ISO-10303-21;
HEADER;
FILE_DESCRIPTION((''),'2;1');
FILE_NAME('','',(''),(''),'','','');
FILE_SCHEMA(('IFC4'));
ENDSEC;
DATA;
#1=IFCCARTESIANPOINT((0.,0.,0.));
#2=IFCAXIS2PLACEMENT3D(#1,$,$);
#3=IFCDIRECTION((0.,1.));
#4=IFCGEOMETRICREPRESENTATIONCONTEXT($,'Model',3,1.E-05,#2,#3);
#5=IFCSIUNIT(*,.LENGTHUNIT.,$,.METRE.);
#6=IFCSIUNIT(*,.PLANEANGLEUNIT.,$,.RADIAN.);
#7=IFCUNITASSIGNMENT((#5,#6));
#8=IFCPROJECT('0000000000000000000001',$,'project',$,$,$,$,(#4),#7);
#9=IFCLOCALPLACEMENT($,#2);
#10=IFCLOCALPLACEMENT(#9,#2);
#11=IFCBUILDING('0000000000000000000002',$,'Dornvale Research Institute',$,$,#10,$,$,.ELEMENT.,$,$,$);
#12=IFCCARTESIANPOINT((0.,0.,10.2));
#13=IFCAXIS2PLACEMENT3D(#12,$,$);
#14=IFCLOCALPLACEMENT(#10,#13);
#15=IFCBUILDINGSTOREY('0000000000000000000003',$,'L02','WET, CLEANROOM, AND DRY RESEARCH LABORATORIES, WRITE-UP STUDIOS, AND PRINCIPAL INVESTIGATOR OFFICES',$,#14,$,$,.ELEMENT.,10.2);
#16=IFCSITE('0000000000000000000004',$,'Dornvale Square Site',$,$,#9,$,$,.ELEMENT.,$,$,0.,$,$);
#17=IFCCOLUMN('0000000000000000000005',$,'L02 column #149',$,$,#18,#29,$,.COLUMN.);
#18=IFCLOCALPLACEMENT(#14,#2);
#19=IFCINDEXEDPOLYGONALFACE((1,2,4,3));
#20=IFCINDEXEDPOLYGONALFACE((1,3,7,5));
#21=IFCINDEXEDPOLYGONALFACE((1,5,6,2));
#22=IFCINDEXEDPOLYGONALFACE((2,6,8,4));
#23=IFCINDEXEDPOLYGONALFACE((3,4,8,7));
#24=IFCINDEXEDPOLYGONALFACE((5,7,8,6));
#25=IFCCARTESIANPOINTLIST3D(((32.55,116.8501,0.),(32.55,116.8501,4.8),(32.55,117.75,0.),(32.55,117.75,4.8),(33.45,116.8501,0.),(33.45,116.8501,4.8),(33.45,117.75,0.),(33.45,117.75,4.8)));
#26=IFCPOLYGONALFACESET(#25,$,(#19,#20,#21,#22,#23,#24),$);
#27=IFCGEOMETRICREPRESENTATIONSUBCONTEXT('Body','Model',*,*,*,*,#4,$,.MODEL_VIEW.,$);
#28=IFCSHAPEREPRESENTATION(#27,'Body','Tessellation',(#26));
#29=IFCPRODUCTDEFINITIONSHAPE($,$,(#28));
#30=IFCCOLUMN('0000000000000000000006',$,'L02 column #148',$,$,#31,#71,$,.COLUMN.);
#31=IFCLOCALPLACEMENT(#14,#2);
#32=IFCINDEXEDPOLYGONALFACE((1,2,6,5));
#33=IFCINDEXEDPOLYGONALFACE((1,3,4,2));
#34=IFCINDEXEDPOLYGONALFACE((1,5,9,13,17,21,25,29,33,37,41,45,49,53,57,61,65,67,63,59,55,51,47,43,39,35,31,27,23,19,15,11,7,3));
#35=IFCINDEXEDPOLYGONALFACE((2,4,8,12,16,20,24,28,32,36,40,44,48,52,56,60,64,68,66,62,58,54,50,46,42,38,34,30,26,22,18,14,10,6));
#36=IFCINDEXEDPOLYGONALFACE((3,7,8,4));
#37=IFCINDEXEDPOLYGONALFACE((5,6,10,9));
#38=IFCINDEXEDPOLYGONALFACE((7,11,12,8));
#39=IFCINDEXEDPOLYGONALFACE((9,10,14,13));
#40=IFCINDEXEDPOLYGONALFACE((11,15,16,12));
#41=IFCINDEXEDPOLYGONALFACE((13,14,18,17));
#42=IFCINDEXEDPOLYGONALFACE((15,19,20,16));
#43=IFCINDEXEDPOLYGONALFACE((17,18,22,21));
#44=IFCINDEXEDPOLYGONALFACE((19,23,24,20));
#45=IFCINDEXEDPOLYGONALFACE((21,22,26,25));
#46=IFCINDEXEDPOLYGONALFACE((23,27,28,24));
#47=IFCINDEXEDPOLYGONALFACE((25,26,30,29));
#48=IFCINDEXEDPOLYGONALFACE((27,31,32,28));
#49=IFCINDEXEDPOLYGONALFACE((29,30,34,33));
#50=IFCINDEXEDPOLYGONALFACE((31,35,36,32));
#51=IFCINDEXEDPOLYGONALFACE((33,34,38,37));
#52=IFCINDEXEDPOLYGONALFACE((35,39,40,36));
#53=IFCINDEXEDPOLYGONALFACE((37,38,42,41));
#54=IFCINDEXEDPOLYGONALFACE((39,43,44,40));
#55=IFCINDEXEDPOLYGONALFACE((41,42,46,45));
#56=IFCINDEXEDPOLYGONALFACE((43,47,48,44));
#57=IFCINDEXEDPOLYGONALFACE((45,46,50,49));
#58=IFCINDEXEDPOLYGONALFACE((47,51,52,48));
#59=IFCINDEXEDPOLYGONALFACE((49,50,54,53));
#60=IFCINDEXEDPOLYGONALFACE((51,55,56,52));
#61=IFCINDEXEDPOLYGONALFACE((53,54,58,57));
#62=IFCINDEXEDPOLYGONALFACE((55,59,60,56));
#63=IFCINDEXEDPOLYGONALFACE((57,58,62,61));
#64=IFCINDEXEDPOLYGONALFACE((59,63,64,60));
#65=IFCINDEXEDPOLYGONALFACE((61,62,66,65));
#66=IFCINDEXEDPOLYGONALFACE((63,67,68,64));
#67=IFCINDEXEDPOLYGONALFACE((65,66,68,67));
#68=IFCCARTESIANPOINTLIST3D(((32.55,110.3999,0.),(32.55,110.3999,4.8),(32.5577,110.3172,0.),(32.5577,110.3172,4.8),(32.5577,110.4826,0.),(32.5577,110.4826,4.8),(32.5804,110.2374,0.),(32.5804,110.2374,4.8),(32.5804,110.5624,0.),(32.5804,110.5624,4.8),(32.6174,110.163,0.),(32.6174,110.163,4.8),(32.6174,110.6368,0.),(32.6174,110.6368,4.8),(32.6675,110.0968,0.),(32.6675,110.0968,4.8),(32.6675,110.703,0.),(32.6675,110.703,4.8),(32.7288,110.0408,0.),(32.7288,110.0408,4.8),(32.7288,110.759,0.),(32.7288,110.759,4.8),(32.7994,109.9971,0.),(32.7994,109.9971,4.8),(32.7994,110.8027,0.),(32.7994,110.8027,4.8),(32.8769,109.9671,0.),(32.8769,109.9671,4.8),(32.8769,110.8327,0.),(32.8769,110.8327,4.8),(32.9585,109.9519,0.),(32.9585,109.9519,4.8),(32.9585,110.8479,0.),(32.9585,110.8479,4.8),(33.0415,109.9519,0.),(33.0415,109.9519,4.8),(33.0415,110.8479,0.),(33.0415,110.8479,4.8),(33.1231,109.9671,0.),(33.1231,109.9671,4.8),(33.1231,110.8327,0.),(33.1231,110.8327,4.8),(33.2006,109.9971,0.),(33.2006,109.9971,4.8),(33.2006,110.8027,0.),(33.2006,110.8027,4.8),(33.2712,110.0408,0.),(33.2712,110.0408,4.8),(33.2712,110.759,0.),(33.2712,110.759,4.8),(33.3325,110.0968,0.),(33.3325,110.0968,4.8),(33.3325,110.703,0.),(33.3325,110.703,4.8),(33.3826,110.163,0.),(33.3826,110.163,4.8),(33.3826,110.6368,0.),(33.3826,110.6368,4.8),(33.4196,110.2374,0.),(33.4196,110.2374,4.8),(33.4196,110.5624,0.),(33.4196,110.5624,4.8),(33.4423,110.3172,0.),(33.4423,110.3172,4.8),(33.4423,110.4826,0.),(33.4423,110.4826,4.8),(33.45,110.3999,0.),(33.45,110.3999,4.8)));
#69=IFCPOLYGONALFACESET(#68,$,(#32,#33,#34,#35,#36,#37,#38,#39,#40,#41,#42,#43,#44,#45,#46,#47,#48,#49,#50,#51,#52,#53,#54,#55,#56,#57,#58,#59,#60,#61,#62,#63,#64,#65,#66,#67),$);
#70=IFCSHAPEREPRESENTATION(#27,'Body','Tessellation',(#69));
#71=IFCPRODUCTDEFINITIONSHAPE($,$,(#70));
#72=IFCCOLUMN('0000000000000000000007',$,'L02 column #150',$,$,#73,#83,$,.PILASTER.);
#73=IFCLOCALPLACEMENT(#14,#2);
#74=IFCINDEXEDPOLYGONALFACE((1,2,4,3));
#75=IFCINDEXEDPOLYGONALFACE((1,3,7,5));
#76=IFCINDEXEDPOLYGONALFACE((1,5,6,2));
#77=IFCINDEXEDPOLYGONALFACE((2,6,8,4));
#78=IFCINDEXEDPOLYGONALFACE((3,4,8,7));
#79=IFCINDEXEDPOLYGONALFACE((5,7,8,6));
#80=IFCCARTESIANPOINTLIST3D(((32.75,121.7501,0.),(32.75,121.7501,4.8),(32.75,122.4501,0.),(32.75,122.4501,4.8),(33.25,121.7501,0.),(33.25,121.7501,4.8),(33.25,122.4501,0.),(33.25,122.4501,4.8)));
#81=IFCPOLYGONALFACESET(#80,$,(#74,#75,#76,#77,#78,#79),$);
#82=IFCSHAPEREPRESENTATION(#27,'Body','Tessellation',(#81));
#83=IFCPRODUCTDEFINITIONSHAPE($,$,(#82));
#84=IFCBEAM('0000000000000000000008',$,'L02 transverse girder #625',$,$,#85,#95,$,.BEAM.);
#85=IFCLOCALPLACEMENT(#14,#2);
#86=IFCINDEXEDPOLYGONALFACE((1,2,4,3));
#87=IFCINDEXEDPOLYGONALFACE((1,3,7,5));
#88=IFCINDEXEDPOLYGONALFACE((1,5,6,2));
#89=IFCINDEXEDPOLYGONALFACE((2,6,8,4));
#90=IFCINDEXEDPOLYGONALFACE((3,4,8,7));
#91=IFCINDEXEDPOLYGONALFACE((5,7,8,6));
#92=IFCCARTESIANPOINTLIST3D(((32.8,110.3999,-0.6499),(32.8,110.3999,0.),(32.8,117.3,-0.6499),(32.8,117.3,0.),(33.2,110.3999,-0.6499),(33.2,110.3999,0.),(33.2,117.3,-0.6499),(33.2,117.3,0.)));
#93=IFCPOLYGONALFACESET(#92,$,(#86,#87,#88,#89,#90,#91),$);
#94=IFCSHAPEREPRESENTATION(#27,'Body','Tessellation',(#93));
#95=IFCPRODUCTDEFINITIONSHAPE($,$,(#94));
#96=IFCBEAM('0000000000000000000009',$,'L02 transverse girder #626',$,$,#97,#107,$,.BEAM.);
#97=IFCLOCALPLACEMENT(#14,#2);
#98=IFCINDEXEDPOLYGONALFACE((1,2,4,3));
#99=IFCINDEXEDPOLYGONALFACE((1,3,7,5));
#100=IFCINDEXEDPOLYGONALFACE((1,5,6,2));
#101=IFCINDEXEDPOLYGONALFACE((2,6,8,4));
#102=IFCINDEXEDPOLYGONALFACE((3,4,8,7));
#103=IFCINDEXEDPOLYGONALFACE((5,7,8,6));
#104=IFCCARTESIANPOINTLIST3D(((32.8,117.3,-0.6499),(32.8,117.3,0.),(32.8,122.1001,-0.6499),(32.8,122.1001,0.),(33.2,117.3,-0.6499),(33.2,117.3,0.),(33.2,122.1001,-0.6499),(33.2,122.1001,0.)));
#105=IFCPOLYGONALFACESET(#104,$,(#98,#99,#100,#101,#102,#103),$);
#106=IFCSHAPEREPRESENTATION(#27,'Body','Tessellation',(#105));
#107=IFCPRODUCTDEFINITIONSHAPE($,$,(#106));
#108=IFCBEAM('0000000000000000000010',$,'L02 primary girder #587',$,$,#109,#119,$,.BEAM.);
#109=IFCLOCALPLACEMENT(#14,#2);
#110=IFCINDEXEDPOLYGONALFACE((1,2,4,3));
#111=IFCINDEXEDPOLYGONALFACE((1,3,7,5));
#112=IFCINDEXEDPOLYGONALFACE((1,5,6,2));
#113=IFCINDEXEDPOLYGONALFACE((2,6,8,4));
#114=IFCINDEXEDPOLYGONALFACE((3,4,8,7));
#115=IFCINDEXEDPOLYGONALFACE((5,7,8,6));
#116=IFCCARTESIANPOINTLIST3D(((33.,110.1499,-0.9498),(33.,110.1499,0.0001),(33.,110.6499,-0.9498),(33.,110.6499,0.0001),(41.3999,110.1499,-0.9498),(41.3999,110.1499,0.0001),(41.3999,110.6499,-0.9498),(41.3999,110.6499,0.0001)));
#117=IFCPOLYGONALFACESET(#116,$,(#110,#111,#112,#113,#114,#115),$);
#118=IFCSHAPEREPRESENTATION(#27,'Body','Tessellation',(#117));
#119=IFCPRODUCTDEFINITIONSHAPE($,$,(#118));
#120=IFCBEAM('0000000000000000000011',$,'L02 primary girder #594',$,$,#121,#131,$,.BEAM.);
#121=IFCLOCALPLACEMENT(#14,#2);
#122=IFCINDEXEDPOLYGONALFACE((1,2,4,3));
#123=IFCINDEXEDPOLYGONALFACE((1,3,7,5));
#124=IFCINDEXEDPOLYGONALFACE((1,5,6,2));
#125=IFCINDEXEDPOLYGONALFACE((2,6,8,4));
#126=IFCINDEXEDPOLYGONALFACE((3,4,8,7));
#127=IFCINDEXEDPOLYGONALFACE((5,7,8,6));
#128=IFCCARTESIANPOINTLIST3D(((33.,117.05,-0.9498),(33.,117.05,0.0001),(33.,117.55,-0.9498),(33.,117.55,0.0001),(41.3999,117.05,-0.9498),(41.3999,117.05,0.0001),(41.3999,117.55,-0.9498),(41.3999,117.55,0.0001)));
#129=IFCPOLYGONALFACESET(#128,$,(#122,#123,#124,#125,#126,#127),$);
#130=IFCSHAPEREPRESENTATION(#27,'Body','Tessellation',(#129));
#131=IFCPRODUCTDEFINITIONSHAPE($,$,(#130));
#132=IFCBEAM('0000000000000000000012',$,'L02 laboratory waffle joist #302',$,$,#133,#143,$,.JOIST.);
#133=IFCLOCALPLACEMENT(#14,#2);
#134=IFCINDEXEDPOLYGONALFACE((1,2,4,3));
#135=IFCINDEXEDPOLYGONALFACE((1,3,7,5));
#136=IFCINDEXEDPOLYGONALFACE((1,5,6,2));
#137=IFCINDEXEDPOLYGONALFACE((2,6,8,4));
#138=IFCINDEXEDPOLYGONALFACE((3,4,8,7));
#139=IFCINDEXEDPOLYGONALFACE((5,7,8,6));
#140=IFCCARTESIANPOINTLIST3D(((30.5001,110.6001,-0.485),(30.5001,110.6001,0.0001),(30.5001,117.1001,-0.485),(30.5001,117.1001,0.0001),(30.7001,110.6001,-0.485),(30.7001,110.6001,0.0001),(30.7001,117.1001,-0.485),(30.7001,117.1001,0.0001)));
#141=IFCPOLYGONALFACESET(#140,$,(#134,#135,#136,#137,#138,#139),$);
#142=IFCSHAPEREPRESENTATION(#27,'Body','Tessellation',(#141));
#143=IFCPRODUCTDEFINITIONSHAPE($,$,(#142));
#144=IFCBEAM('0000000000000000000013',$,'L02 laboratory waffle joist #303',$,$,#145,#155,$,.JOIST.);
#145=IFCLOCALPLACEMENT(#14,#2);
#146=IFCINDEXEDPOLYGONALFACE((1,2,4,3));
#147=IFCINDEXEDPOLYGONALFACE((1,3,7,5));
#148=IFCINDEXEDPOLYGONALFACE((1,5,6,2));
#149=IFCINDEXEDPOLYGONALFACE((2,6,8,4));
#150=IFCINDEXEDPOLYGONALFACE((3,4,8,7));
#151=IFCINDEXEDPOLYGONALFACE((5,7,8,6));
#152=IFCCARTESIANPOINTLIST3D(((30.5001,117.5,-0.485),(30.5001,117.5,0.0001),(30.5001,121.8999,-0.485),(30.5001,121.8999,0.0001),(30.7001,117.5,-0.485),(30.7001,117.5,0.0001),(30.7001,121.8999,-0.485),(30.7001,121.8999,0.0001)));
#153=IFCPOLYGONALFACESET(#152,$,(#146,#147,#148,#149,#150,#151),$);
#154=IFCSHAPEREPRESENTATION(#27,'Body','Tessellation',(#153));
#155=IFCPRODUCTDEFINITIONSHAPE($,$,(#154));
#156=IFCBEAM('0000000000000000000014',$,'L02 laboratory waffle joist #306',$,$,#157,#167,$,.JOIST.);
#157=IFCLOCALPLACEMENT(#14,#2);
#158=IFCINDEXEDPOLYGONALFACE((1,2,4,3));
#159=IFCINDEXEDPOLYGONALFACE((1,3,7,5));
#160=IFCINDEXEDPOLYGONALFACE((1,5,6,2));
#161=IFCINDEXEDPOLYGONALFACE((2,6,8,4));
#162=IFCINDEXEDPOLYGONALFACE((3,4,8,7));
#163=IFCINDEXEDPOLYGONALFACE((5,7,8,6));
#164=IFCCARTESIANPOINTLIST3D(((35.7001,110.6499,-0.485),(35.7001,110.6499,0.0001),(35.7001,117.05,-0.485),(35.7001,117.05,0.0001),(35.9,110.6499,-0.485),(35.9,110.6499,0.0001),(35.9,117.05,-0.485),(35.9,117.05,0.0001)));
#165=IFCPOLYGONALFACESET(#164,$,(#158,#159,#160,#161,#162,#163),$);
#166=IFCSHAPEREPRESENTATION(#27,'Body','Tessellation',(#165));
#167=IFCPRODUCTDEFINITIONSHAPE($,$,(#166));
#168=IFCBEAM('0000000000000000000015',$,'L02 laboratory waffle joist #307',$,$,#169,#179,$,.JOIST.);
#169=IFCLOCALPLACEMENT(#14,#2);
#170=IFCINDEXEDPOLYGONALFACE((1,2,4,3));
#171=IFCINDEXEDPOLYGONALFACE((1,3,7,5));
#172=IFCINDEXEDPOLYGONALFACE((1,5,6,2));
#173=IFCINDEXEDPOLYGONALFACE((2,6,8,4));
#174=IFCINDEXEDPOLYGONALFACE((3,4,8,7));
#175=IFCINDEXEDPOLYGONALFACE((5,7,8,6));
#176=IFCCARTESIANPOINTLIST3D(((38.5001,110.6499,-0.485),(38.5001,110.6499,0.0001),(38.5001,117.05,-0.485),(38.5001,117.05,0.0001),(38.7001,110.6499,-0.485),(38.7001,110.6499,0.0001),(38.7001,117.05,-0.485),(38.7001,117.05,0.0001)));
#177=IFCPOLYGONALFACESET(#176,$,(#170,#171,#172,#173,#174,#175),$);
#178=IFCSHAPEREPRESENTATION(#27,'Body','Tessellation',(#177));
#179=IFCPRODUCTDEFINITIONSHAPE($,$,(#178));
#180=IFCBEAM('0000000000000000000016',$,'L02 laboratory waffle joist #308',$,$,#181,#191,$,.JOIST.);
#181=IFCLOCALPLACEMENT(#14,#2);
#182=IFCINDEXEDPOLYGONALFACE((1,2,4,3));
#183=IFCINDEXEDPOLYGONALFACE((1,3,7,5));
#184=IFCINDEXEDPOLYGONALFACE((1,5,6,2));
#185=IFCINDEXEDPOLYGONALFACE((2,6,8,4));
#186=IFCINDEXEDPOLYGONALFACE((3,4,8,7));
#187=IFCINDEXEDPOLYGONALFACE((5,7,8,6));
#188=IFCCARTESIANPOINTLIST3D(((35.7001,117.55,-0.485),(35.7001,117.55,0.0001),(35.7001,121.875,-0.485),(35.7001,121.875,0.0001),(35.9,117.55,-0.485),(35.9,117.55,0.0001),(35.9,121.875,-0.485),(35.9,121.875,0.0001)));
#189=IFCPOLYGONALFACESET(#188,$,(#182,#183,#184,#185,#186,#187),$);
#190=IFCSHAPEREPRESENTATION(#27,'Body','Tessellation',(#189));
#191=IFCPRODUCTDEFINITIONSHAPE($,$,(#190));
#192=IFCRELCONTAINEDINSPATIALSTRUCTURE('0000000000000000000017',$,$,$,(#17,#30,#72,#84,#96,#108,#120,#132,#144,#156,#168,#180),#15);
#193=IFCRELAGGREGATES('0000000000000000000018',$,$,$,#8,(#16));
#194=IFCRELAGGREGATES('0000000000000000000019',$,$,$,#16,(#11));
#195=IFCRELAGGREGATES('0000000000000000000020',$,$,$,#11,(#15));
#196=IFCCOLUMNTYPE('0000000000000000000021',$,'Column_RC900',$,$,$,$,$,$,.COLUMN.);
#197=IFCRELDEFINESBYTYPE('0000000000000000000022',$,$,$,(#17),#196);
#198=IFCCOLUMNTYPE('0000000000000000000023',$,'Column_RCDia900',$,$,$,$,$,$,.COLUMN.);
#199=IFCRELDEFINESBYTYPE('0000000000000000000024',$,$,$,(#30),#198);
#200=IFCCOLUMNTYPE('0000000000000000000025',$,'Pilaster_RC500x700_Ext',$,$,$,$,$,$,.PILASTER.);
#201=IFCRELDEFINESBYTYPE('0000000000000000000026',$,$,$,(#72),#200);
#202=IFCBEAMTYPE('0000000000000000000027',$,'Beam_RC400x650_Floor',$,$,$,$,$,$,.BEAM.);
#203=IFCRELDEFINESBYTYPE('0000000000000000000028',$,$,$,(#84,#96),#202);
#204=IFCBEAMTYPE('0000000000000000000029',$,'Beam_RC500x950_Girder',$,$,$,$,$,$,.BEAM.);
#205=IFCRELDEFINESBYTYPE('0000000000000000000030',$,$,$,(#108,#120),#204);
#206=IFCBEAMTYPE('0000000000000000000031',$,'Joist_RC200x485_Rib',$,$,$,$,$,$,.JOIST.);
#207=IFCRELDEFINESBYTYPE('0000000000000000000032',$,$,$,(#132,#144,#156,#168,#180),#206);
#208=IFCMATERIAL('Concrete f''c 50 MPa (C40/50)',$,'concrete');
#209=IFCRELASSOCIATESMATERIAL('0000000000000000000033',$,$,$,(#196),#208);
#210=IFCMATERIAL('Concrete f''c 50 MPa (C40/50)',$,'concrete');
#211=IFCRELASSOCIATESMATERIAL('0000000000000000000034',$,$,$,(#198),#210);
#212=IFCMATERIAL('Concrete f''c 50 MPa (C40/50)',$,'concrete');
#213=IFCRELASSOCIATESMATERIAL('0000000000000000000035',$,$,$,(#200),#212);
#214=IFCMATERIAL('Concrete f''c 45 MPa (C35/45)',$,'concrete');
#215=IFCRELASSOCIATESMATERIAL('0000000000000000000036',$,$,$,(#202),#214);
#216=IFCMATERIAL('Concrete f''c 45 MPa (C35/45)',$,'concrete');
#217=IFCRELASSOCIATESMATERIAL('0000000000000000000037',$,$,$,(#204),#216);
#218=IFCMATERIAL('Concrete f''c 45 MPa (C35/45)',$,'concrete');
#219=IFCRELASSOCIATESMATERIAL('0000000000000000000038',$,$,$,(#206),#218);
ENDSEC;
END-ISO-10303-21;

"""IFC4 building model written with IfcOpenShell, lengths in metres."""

from ifc_helpers import new_model, si_unit, direction, frame, origin, origin_2d, place, context, subcontext, project, spatial, rectangle, circle, extrude, material, material_profile, profile_set, type_object, element, save


model = new_model("IFC4")

# Units and contexts
model_context = context("Model", 3, precision=1e-05, world=origin(), true_north=direction((0.0, 1.0)))
body_context = subcontext(model_context, "Body", "Model", "MODEL_VIEW")
ifc_project = project(units=[si_unit("LENGTHUNIT", "METRE"), si_unit("PLANEANGLEUNIT", "RADIAN")], contexts=[model_context])

# Site, building, storey
site_placement = place(None, origin())
site = spatial("IfcSite", under=ifc_project, at=site_placement, Name="Dornvale Square Site", CompositionType="ELEMENT", RefElevation=0.0)
building_placement = place(site_placement, origin())
building = spatial("IfcBuilding", under=site, at=building_placement, Name="Dornvale Research Institute", CompositionType="ELEMENT")
storey_placement = place(building_placement, frame((0.0, 0.0, 10.2)))
storey = spatial("IfcBuildingStorey", under=building, at=storey_placement, Name="L02", Description="WET, CLEANROOM, AND DRY RESEARCH LABORATORIES, WRITE-UP STUDIOS, AND PRINCIPAL INVESTIGATOR OFFICES", CompositionType="ELEMENT", Elevation=10.2)

# Columns
ifc_material_1 = material(Name="Concrete f'c 50 MPa (C40/50)", Category="concrete")
ifc_material_profile_1 = material_profile(ifc_material_1, rectangle(XDim=0.8999, YDim=0.8999, at=origin_2d()), Name="RC 900x900")
ifc_profile_set_1 = profile_set([ifc_material_profile_1], Name="Concrete f'c 50 MPa (C40/50)")
column_type_1 = type_object("IfcColumnType", Name="Column_RC900", PredefinedType="COLUMN", material=ifc_profile_set_1)
column_1_placement = place(storey_placement, frame((33.0, 117.3, 0.0), z_axis=(0.0, 0.0, 1.0), x_axis=(1.0, 0.0, 0.0)))
element("IfcColumn", 1, at=column_1_placement, inside=storey, type_object=column_type_1, Name="L02 column #149", PredefinedType="COLUMN", context=body_context, shape_type="SweptSolid", body=[
    extrude(rectangle(XDim=0.8999, YDim=0.8999, at=origin_2d()), origin(), (0.0, 0.0, 1.0), 4.8),
])
ifc_material_2 = material(Name="Concrete f'c 50 MPa (C40/50)", Category="concrete")
ifc_material_profile_2 = material_profile(ifc_material_2, circle(Radius=0.45, at=origin_2d()), Name="RC DIA 900")
ifc_profile_set_2 = profile_set([ifc_material_profile_2], Name="Concrete f'c 50 MPa (C40/50)")
column_type_2 = type_object("IfcColumnType", Name="Column_RCDia900", PredefinedType="COLUMN", material=ifc_profile_set_2)
column_2_placement = place(storey_placement, frame((33.0, 110.3999, 0.0), z_axis=(0.0, 0.0, 1.0), x_axis=(1.0, 0.0, 0.0)))
element("IfcColumn", 2, at=column_2_placement, inside=storey, type_object=column_type_2, Name="L02 column #148", PredefinedType="COLUMN", context=body_context, shape_type="SweptSolid", body=[
    extrude(circle(Radius=0.45, at=origin_2d()), origin(), (0.0, 0.0, 1.0), 4.8),
])
ifc_material_3 = material(Name="Concrete f'c 50 MPa (C40/50)", Category="concrete")
ifc_material_profile_3 = material_profile(ifc_material_3, rectangle(XDim=0.5, YDim=0.7, at=origin_2d()), Name="RC 500x700")
ifc_profile_set_3 = profile_set([ifc_material_profile_3], Name="Concrete f'c 50 MPa (C40/50)")
column_type_3 = type_object("IfcColumnType", Name="Pilaster_RC500x700_Ext", PredefinedType="PILASTER", material=ifc_profile_set_3)
column_3_placement = place(storey_placement, frame((33.0, 122.1001, 0.0), z_axis=(0.0, 0.0, 1.0), x_axis=(1.0, 0.0, 0.0)))
element("IfcColumn", 3, at=column_3_placement, inside=storey, type_object=column_type_3, Name="L02 column #150", PredefinedType="PILASTER", context=body_context, shape_type="SweptSolid", body=[
    extrude(rectangle(XDim=0.5, YDim=0.7, at=origin_2d()), origin(), (0.0, 0.0, 1.0), 4.8),
])

# Beams
ifc_material_4 = material(Name="Concrete f'c 45 MPa (C35/45)", Category="concrete")
ifc_material_profile_4 = material_profile(ifc_material_4, rectangle(XDim=0.3999, YDim=0.6499, at=origin_2d()), Name="RC 400x650")
ifc_profile_set_4 = profile_set([ifc_material_profile_4], Name="Concrete f'c 45 MPa (C35/45)")
beam_type_1 = type_object("IfcBeamType", Name="Beam_RC400x650_Floor", PredefinedType="BEAM", material=ifc_profile_set_4)
beam_1_placement = place(storey_placement, frame((33.0, 110.3999, -0.325), z_axis=(0.0, 1.0, 0.0), x_axis=(-1.0, 0.0, 0.0)))
element("IfcBeam", 4, at=beam_1_placement, inside=storey, type_object=beam_type_1, Name="L02 transverse girder #625", PredefinedType="BEAM", context=body_context, shape_type="SweptSolid", body=[
    extrude(rectangle(XDim=0.3999, YDim=0.6499, at=origin_2d()), origin(), (0.0, 0.0, 1.0), 6.9001),
])
beam_2_placement = place(storey_placement, frame((33.0, 117.3, -0.325), z_axis=(0.0, 1.0, 0.0), x_axis=(-1.0, 0.0, 0.0)))
element("IfcBeam", 5, at=beam_2_placement, inside=storey, type_object=beam_type_1, Name="L02 transverse girder #626", PredefinedType="BEAM", context=body_context, shape_type="SweptSolid", body=[
    extrude(rectangle(XDim=0.3999, YDim=0.6499, at=origin_2d()), origin(), (0.0, 0.0, 1.0), 4.8),
])
ifc_material_5 = material(Name="Concrete f'c 45 MPa (C35/45)", Category="concrete")
ifc_material_profile_5 = material_profile(ifc_material_5, rectangle(XDim=0.5, YDim=0.95, at=origin_2d()), Name="RC 500x950")
ifc_profile_set_5 = profile_set([ifc_material_profile_5], Name="Concrete f'c 45 MPa (C35/45)")
beam_type_2 = type_object("IfcBeamType", Name="Beam_RC500x950_Girder", PredefinedType="BEAM", material=ifc_profile_set_5)
for number, where, z_axis, x_axis, name in (
    (6, (33.0, 110.3999, -0.4749), (1.0, 0.0, 0.0), (0.0, 1.0, 0.0), "L02 primary girder #587"),
    (7, (33.0, 117.3, -0.4749), (1.0, 0.0, 0.0), (0.0, 1.0, 0.0), "L02 primary girder #594"),
):
    element("IfcBeam", number, at=place(storey_placement, frame(where, z_axis=z_axis, x_axis=x_axis)), inside=storey, type_object=beam_type_2, Name=name, PredefinedType="BEAM", context=body_context, shape_type="SweptSolid", body=[
        extrude(rectangle(XDim=0.5, YDim=0.95, at=origin_2d()), origin(), (0.0, 0.0, 1.0), 8.3999),
    ])
ifc_material_6 = material(Name="Concrete f'c 45 MPa (C35/45)", Category="concrete")
ifc_material_profile_6 = material_profile(ifc_material_6, rectangle(XDim=0.2, YDim=0.4851, at=origin_2d()), Name="RC 200x485")
ifc_profile_set_6 = profile_set([ifc_material_profile_6], Name="Concrete f'c 45 MPa (C35/45)")
beam_type_3 = type_object("IfcBeamType", Name="Joist_RC200x485_Rib", PredefinedType="JOIST", material=ifc_profile_set_6)
beam_3_placement = place(storey_placement, frame((30.6001, 110.6001, -0.2424), z_axis=(0.0, 1.0, 0.0), x_axis=(-1.0, 0.0, 0.0)))
element("IfcBeam", 8, at=beam_3_placement, inside=storey, type_object=beam_type_3, Name="L02 laboratory waffle joist #302", PredefinedType="JOIST", context=body_context, shape_type="SweptSolid", body=[
    extrude(rectangle(XDim=0.2, YDim=0.4851, at=origin_2d()), origin(), (0.0, 0.0, 1.0), 6.5),
])
beam_4_placement = place(storey_placement, frame((30.6001, 117.5, -0.2424), z_axis=(0.0, 1.0, 0.0), x_axis=(-1.0, 0.0, 0.0)))
element("IfcBeam", 9, at=beam_4_placement, inside=storey, type_object=beam_type_3, Name="L02 laboratory waffle joist #303", PredefinedType="JOIST", context=body_context, shape_type="SweptSolid", body=[
    extrude(rectangle(XDim=0.2, YDim=0.4851, at=origin_2d()), origin(), (0.0, 0.0, 1.0), 4.3999),
])
for number, where, z_axis, x_axis, name in (
    (10, (35.8, 110.6499, -0.2424), (0.0, 1.0, 0.0), (-1.0, 0.0, 0.0), "L02 laboratory waffle joist #306"),
    (11, (38.6001, 110.6499, -0.2424), (0.0, 1.0, 0.0), (-1.0, 0.0, 0.0), "L02 laboratory waffle joist #307"),
):
    element("IfcBeam", number, at=place(storey_placement, frame(where, z_axis=z_axis, x_axis=x_axis)), inside=storey, type_object=beam_type_3, Name=name, PredefinedType="JOIST", context=body_context, shape_type="SweptSolid", body=[
        extrude(rectangle(XDim=0.2, YDim=0.4851, at=origin_2d()), origin(), (0.0, 0.0, 1.0), 6.4001),
    ])
for number, where, z_axis, x_axis, name in (
    (12, (35.8, 117.55, -0.2424), (0.0, 1.0, 0.0), (-1.0, 0.0, 0.0), "L02 laboratory waffle joist #308"),
):
    element("IfcBeam", number, at=place(storey_placement, frame(where, z_axis=z_axis, x_axis=x_axis)), inside=storey, type_object=beam_type_3, Name=name, PredefinedType="JOIST", context=body_context, shape_type="SweptSolid", body=[
        extrude(rectangle(XDim=0.2, YDim=0.4851, at=origin_2d()), origin(), (0.0, 0.0, 1.0), 4.325),
    ])

save(model, "model.ifc")
